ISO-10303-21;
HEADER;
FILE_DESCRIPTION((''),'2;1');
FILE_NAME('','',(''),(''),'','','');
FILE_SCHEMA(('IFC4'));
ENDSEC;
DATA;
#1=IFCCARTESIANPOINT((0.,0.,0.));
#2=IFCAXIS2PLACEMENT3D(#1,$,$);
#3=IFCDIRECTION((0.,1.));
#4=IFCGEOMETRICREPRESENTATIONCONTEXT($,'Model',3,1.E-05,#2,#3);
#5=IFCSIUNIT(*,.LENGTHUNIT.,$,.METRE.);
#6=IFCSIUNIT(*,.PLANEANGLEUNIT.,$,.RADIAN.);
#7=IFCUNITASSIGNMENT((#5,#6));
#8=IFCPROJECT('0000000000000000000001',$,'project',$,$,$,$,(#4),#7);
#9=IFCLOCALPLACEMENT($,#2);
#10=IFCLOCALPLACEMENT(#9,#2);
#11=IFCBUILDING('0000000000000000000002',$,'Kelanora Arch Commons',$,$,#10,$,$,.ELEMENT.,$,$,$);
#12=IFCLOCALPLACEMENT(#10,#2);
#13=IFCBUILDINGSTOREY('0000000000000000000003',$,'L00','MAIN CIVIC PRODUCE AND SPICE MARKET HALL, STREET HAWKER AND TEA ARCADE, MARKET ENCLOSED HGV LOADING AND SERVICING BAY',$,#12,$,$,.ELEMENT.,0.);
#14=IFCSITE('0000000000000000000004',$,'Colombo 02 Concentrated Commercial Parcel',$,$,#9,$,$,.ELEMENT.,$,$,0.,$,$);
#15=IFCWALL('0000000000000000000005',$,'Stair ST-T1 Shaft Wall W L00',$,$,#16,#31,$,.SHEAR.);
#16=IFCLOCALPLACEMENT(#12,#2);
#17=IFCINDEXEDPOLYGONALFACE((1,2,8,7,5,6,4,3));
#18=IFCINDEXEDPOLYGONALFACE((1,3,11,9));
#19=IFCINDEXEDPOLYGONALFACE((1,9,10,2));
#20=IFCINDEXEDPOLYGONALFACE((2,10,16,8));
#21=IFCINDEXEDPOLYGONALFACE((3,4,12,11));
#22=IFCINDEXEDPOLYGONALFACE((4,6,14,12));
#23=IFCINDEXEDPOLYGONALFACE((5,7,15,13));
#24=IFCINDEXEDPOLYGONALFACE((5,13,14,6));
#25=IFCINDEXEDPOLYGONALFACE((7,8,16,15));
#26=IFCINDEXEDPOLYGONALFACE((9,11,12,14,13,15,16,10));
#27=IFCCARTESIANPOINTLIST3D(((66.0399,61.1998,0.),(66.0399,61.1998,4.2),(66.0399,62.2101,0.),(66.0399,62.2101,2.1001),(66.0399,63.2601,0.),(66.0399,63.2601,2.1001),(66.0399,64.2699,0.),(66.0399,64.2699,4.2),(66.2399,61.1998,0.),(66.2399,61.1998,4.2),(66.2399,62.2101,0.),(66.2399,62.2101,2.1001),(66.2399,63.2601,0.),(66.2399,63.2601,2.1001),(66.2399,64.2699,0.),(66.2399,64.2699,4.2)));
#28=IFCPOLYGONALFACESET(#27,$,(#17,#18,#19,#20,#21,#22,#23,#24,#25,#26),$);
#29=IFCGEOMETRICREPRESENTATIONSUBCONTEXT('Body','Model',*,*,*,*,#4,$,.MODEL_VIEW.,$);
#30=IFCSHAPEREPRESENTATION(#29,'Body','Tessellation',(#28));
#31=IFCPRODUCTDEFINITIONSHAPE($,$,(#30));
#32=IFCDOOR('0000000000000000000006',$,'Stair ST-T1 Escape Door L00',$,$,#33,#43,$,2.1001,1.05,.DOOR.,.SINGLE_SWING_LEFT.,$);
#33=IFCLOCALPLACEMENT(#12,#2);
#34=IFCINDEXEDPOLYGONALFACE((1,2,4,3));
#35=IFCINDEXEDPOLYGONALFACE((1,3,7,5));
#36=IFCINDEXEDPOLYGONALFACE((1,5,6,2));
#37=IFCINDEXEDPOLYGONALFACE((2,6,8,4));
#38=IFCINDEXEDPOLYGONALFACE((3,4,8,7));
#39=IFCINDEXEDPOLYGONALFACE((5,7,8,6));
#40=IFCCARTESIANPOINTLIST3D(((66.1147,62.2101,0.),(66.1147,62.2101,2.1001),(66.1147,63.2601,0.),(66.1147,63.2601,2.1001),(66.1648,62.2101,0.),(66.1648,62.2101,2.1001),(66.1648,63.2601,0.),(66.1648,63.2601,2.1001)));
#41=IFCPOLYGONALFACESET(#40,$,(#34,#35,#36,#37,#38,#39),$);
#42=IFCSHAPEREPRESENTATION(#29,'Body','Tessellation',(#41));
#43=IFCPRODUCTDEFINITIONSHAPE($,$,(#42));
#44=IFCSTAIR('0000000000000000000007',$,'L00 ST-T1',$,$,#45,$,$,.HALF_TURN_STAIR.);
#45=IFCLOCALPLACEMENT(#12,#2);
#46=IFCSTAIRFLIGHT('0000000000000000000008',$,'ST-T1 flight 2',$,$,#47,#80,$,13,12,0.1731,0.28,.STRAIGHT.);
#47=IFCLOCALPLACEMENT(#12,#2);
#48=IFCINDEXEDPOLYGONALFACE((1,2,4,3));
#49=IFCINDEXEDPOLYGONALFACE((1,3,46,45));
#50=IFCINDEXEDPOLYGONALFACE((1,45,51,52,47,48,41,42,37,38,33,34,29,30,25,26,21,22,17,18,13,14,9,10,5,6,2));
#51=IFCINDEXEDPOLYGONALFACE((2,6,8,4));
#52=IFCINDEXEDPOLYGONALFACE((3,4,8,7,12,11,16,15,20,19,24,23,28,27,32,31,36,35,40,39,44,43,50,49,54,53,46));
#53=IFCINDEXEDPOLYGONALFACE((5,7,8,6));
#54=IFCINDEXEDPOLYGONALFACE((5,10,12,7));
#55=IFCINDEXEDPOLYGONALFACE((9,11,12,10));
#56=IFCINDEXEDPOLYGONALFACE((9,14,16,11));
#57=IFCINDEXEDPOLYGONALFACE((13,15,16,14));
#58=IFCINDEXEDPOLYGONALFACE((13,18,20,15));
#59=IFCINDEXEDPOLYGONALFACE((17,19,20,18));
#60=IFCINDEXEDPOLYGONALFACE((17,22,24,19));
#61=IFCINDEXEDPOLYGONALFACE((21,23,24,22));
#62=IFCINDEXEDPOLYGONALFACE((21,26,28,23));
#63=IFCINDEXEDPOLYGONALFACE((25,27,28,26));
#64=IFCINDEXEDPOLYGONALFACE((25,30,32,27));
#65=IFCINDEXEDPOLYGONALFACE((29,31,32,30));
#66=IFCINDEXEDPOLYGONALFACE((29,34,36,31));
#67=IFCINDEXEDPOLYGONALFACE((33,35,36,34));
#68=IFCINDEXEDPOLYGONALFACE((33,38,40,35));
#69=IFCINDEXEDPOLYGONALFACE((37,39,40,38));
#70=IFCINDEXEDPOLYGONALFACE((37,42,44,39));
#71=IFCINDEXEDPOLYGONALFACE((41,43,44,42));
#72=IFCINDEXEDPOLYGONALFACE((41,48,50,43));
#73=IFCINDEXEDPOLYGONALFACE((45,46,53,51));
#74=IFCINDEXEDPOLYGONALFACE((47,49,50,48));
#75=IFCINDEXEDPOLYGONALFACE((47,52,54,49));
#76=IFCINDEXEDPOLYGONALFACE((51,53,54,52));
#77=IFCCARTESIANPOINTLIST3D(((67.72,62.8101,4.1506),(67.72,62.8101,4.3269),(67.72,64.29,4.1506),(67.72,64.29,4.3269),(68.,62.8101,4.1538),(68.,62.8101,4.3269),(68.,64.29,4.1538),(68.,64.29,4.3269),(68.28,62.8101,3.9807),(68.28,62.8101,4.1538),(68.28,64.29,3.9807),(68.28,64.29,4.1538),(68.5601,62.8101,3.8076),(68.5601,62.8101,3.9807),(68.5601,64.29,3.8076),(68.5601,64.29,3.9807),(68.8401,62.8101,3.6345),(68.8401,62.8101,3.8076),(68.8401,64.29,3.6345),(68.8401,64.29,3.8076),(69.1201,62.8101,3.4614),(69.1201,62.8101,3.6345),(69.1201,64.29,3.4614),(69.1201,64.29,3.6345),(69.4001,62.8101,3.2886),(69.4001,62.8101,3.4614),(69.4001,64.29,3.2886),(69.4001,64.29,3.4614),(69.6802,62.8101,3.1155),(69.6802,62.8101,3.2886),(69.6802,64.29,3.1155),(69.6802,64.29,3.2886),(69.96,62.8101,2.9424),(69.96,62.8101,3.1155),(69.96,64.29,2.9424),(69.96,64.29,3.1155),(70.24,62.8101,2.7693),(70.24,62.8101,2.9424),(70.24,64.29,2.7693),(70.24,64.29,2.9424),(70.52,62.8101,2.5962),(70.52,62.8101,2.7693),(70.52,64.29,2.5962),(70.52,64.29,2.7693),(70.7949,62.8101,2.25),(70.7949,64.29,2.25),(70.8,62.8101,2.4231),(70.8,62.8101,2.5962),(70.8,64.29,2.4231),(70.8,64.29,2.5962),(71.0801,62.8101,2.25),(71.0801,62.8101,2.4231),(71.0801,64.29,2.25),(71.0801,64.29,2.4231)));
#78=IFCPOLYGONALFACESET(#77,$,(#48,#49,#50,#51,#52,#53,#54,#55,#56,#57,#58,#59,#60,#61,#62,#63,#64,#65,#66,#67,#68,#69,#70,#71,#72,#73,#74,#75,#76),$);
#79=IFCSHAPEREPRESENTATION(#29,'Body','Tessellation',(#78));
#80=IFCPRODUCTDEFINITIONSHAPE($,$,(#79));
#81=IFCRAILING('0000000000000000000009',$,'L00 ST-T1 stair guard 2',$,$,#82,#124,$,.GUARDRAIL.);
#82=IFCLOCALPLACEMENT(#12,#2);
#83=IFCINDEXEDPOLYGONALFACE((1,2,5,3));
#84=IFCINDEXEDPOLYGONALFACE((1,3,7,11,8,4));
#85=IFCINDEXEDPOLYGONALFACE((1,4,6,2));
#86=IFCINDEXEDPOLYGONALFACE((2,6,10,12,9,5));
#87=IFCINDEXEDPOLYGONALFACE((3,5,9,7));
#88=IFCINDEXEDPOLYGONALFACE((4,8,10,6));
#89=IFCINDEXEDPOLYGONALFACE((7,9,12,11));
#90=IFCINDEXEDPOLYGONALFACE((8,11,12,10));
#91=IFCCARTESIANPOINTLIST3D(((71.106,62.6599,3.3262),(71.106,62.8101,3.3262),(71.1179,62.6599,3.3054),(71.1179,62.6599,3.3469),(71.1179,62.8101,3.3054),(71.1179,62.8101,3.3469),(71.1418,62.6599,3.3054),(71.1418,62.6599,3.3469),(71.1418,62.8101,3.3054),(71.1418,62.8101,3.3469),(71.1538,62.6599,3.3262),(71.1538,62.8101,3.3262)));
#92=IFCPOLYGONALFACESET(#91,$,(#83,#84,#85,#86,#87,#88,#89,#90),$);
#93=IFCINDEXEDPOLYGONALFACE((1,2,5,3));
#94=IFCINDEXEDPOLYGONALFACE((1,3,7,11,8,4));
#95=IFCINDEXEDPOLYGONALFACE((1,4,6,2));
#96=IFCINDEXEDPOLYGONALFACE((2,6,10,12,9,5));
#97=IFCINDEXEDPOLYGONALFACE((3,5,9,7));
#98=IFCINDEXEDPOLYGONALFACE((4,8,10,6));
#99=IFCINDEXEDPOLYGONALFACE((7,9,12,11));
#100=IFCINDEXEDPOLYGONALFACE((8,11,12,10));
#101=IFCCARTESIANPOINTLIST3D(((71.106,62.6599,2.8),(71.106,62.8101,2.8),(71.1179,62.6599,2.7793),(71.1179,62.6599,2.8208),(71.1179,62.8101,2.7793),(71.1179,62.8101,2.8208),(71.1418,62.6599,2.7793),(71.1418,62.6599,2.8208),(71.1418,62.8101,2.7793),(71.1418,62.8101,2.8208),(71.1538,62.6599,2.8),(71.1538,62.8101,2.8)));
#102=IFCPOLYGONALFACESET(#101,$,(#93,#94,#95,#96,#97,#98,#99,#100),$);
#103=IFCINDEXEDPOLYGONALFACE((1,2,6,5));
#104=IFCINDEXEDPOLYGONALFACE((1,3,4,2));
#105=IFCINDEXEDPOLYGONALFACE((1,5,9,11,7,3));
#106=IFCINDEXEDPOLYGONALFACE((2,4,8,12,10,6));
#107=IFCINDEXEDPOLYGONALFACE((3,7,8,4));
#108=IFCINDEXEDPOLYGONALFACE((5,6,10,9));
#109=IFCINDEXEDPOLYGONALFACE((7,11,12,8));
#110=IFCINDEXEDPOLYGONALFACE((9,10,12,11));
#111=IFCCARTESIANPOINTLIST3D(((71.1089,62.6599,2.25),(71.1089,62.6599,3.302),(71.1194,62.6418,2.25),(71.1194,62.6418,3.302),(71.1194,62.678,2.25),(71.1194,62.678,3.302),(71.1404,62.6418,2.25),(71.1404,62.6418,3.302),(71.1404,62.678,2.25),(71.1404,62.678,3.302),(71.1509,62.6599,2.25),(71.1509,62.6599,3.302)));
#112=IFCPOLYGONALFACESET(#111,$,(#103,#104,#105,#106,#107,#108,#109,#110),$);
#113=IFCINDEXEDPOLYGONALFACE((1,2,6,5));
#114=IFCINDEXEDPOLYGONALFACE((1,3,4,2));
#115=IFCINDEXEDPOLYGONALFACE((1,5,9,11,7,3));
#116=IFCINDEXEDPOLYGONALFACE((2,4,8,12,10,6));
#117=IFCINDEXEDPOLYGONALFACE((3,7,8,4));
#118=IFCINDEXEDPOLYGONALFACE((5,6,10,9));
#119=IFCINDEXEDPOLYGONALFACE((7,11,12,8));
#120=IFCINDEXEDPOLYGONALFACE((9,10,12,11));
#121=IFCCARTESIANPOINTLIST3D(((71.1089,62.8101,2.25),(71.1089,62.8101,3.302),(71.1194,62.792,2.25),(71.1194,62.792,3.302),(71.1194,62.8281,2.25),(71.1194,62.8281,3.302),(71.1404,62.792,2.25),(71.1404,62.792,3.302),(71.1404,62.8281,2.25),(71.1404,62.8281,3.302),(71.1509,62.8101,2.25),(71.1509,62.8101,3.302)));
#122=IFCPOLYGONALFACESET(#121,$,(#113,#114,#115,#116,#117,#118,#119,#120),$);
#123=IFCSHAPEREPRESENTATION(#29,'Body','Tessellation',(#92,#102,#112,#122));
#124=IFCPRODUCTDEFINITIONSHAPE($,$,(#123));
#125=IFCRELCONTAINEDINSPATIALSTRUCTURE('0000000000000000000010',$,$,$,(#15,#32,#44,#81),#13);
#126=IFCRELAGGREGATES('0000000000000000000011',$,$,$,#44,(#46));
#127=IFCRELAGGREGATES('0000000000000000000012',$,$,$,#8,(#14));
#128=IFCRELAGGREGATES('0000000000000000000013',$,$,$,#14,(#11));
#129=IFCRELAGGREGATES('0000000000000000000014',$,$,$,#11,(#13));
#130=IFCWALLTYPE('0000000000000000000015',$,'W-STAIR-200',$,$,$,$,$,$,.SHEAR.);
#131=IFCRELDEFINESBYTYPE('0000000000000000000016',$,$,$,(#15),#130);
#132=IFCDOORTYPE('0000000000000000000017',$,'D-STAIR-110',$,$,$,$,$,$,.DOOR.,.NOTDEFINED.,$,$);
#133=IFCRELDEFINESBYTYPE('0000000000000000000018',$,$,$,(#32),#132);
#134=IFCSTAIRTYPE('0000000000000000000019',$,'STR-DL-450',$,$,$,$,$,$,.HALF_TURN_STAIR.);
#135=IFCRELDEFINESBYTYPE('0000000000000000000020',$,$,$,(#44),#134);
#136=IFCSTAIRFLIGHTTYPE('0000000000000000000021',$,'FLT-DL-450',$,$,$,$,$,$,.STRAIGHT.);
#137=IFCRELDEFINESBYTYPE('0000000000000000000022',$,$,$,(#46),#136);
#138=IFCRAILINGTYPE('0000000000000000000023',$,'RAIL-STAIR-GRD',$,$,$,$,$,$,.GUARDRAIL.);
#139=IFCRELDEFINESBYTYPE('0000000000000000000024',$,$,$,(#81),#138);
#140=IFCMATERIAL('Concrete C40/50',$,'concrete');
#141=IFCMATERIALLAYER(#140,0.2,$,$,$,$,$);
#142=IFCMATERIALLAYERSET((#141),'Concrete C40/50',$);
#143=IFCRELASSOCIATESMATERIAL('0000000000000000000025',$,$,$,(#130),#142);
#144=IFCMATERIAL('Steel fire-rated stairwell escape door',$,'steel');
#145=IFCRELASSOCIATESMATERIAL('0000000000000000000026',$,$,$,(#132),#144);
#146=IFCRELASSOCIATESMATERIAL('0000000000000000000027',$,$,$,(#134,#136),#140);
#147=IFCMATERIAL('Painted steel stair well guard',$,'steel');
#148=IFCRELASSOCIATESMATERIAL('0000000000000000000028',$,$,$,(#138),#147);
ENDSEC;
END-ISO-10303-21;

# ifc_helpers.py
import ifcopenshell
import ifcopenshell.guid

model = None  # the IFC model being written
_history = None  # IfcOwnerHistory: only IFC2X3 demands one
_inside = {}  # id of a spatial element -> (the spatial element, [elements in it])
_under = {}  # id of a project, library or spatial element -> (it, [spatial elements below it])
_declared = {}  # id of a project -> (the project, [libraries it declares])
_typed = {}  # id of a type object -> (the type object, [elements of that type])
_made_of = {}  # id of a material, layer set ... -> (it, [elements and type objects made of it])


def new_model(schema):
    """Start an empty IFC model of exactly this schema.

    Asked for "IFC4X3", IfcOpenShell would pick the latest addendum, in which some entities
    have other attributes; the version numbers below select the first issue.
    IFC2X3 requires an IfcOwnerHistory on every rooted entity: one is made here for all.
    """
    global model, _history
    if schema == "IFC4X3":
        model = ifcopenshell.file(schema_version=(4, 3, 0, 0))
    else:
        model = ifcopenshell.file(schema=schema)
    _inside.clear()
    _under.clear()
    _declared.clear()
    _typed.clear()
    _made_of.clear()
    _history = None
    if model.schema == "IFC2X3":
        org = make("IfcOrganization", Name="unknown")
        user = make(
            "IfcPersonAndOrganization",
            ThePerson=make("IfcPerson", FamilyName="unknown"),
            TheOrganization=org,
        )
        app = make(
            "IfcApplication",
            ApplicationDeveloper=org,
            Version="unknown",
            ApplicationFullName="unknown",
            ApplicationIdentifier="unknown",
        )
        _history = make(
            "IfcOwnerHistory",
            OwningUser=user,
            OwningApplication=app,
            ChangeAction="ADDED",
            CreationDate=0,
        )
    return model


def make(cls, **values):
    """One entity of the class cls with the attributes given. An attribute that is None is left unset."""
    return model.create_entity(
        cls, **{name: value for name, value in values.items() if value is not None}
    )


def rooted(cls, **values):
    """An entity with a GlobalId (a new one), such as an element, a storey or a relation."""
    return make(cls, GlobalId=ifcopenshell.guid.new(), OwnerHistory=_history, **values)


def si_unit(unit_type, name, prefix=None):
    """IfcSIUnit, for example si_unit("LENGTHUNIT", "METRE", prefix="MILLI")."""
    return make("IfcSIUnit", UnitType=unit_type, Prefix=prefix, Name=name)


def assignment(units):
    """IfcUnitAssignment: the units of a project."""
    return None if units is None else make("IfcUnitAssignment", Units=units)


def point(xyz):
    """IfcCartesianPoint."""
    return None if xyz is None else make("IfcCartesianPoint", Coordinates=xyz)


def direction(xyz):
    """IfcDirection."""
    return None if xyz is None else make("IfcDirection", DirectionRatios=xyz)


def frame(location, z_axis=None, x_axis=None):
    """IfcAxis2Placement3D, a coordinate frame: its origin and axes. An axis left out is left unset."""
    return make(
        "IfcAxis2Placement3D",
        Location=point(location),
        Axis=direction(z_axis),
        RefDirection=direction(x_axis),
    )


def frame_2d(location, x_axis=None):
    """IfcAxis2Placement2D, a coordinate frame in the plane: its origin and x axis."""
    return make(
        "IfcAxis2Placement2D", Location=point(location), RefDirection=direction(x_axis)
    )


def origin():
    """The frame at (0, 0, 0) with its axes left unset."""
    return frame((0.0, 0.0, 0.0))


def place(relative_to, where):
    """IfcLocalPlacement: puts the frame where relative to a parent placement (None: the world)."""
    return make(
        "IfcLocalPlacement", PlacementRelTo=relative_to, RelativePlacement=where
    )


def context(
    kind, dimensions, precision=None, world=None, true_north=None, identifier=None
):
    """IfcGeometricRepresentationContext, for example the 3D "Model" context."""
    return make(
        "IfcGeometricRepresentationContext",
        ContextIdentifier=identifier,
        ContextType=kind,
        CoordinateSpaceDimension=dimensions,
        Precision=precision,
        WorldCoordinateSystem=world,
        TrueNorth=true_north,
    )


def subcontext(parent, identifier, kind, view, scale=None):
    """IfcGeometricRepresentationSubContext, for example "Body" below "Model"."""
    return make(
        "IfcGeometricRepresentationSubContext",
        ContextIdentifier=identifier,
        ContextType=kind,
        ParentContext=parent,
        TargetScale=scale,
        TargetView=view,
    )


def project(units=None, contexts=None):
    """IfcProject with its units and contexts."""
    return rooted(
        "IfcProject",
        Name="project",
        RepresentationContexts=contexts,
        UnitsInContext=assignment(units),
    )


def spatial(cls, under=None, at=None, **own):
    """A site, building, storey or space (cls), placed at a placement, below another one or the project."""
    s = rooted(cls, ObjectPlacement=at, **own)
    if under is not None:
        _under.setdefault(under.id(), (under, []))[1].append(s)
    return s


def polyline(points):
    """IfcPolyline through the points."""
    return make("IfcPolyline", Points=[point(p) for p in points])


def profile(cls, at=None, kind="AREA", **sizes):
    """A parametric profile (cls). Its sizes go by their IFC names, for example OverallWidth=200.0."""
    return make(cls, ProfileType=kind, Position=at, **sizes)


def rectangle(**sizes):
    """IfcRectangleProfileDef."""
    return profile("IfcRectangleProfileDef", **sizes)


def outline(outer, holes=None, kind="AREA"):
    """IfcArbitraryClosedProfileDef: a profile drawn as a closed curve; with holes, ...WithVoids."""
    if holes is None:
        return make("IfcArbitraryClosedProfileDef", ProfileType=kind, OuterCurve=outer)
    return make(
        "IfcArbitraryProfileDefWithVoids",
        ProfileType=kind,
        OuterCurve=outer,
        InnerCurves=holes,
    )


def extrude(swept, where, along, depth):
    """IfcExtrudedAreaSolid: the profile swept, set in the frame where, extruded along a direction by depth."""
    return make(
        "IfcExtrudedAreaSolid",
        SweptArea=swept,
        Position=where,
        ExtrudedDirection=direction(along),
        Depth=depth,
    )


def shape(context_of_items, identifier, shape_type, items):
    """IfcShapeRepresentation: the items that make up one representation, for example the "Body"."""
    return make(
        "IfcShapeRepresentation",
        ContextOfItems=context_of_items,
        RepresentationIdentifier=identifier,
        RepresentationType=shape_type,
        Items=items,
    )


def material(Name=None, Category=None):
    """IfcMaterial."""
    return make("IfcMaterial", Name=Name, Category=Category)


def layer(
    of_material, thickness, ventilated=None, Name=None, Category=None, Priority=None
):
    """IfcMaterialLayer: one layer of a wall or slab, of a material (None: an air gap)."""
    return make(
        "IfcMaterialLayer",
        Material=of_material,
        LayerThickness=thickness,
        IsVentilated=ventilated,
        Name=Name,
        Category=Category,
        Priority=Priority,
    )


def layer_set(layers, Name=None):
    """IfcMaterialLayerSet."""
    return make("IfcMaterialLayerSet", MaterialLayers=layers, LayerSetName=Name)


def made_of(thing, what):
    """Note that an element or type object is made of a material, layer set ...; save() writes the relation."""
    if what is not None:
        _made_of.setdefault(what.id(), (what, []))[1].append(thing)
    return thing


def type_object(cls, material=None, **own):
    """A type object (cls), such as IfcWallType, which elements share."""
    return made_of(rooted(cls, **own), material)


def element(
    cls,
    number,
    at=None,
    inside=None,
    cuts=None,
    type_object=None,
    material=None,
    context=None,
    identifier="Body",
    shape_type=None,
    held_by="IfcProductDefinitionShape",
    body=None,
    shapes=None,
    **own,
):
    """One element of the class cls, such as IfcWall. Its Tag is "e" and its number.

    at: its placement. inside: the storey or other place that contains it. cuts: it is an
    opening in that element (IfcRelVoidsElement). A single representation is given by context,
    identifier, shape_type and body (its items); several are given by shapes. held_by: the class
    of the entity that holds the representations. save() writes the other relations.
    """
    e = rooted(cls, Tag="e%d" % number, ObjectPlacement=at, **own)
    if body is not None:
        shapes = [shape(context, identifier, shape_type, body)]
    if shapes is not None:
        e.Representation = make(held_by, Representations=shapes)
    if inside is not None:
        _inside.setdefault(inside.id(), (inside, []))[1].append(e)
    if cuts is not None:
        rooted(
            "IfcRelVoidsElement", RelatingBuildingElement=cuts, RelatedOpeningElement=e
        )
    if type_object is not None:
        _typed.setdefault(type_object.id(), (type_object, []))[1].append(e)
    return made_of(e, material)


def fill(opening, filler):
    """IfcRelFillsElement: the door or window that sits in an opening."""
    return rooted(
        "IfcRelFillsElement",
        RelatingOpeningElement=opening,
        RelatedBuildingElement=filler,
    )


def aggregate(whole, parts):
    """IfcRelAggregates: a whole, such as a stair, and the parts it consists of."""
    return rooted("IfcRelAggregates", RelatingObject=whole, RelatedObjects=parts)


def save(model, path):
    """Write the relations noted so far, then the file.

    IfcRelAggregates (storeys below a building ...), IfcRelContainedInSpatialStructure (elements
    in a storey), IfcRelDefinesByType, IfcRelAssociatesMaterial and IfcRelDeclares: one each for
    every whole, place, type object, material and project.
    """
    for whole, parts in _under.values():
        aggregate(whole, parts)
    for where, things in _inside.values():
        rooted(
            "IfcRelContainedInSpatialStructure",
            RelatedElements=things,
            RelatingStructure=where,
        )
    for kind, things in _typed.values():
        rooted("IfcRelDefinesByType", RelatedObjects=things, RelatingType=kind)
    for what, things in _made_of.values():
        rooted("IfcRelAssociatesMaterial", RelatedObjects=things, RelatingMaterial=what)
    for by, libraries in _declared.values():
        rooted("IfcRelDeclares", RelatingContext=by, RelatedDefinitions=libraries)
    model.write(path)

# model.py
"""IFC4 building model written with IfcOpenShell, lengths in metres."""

from ifc_helpers import new_model, si_unit, direction, frame, frame_2d, origin, place, context, subcontext, project, spatial, polyline, rectangle, outline, extrude, material, layer, layer_set, type_object, element, fill, aggregate, save


model = new_model("IFC4")

# Units and contexts
model_context = context("Model", 3, precision=1e-05, world=origin(), true_north=direction((0.0, 1.0)))
body_context = subcontext(model_context, "Body", "Model", "MODEL_VIEW")
ifc_project = project(units=[si_unit("LENGTHUNIT", "METRE"), si_unit("PLANEANGLEUNIT", "RADIAN")], contexts=[model_context])

# Site, building, storey
site_placement = place(None, origin())
site = spatial("IfcSite", under=ifc_project, at=site_placement, Name="Colombo 02 Concentrated Commercial Parcel", CompositionType="ELEMENT", RefElevation=0.0)
building_placement = place(site_placement, origin())
building = spatial("IfcBuilding", under=site, at=building_placement, Name="Kelanora Arch Commons", CompositionType="ELEMENT")
storey_placement = place(building_placement, origin())
storey = spatial("IfcBuildingStorey", under=building, at=storey_placement, Name="L00", Description="MAIN CIVIC PRODUCE AND SPICE MARKET HALL, STREET HAWKER AND TEA ARCADE, MARKET ENCLOSED HGV LOADING AND SERVICING BAY", CompositionType="ELEMENT", Elevation=0.0)

# Shared definitions
ifc_material_1 = material(Name="Concrete C40/50", Category="concrete")
ifc_layer_1 = layer(ifc_material_1, 0.2)
ifc_layer_set_1 = layer_set([ifc_layer_1], Name="Concrete C40/50")
wall_type_1 = type_object("IfcWallType", Name="W-STAIR-200", PredefinedType="SHEAR", material=ifc_layer_set_1)

# Wall, opening, door
wall_1_placement = place(storey_placement, frame((66.1399, 64.27, 0.0), z_axis=(0.0, 0.0, 1.0), x_axis=(0.0, -1.0, 0.0)))
wall_1 = element("IfcWall", 1, at=wall_1_placement, inside=storey, type_object=wall_type_1, Name="Stair ST-T1 Shaft Wall W L00", PredefinedType="SHEAR", context=body_context, shape_type="SweptSolid", body=[
    extrude(rectangle(XDim=3.0701, YDim=0.2, at=frame_2d((1.5352, 0.0))), origin(), (0.0, 0.0, 1.0), 4.2),
])
opening_1_placement = place(wall_1_placement, frame((1.01, 0.0, 0.0)))
opening_1 = element("IfcOpeningElement", 2, at=opening_1_placement, cuts=wall_1, PredefinedType="OPENING", context=body_context, shape_type="SweptSolid", body=[
    extrude(rectangle(XDim=1.05, YDim=2.1001, at=frame_2d((0.5249, 1.05))), frame((0.0, 0.1099, 0.0), z_axis=(0.0, -1.0, 0.0), x_axis=(1.0, 0.0, 0.0)), (0.0, 0.0, 1.0), 0.22),
])
ifc_material_2 = material(Name="Steel fire-rated stairwell escape door", Category="steel")
door_type_1 = type_object("IfcDoorType", Name="D-STAIR-110", OperationType="NOTDEFINED", PredefinedType="DOOR", material=ifc_material_2)
door_1_placement = place(opening_1_placement, origin())
door_1 = element("IfcDoor", 3, at=door_1_placement, inside=storey, type_object=door_type_1, Name="Stair ST-T1 Escape Door L00", OperationType="SINGLE_SWING_LEFT", OverallHeight=2.1001, OverallWidth=1.05, PredefinedType="DOOR", context=body_context, shape_type="SweptSolid", body=[
    extrude(rectangle(XDim=1.05, YDim=2.1001, at=frame_2d((0.5249, 1.05))), frame((0.0, 0.0249, 0.0), z_axis=(0.0, -1.0, 0.0), x_axis=(1.0, 0.0, 0.0)), (0.0, 0.0, 1.0), 0.05),
])
fill(opening_1, door_1)

# Stair, stair flight
stair_type = type_object("IfcStairType", Name="STR-DL-450", PredefinedType="HALF_TURN_STAIR", material=ifc_material_1)
stair_placement = place(storey_placement, origin())
stair = element("IfcStair", 4, at=stair_placement, inside=storey, type_object=stair_type, Name="L00 ST-T1", PredefinedType="HALF_TURN_STAIR")
stair_flight_type = type_object("IfcStairFlightType", Name="FLT-DL-450", PredefinedType="STRAIGHT", material=ifc_material_1)
stair_flight_placement = place(storey_placement, frame((71.0801, 63.55, 2.25), z_axis=(0.0, 0.0, 1.0), x_axis=(-1.0, 0.0, 0.0)))
stair_flight = element("IfcStairFlight", 5, at=stair_flight_placement, type_object=stair_flight_type, Name="ST-T1 flight 2", NumberOfRisers=13, NumberOfTreads=12, PredefinedType="STRAIGHT", RiserHeight=0.1731, TreadLength=0.28, context=body_context, shape_type="SweptSolid", body=[
    extrude(outline(polyline([(0.0, 0.0), (0.0, 0.1731), (0.28, 0.1731), (0.28, 0.3462), (0.5601, 0.3462), (0.5601, 0.5193), (0.8401, 0.5193), (0.8401, 0.6924), (1.1201, 0.6924), (1.1201, 0.8655), (1.3999, 0.8655), (1.3999, 1.0386), (1.6799, 1.0386), (1.6799, 1.2114), (1.96, 1.2114), (1.96, 1.3845), (2.24, 1.3845), (2.24, 1.5576), (2.52, 1.5576), (2.52, 1.7307), (2.8, 1.7307), (2.8, 1.9038), (3.0801, 1.9038), (3.0801, 2.0769), (3.3601, 2.0769), (3.3601, 2.25), (3.3601, 1.9006), (0.2852, 0.0), (0.0, 0.0)])), frame((0.0, 0.74, 0.0), z_axis=(0.0, -1.0, 0.0), x_axis=(1.0, 0.0, 0.0)), (0.0, 0.0, 1.0), 1.48),
])
aggregate(stair, [stair_flight])

# Railing
ifc_material_3 = material(Name="Painted steel stair well guard", Category="steel")
railing_type_1 = type_object("IfcRailingType", Name="RAIL-STAIR-GRD", PredefinedType="GUARDRAIL", material=ifc_material_3)
railing_1_placement = place(storey_placement, frame((71.1299, 62.6599, 2.25)))
element("IfcRailing", 6, at=railing_1_placement, inside=storey, type_object=railing_type_1, Name="L00 ST-T1 stair guard 2", PredefinedType="GUARDRAIL", context=body_context, shape_type="SweptSolid", body=[
    extrude(outline(polyline([(0.0239, 0.0), (0.012, 0.0208), (-0.012, 0.0208), (-0.0239, 0.0), (-0.012, -0.0208), (0.012, -0.0208), (0.0239, 0.0)])), frame((0.0, 0.0, 1.0762), z_axis=(0.0, 1.0, 0.0), x_axis=(-1.0, 0.0, 0.0)), (0.0, 0.0, 1.0), 0.1501),
    extrude(outline(polyline([(0.0239, 0.0), (0.012, 0.0208), (-0.012, 0.0208), (-0.0239, 0.0), (-0.012, -0.0208), (0.012, -0.0208), (0.0239, 0.0)])), frame((0.0, 0.0, 0.55), z_axis=(0.0, 1.0, 0.0), x_axis=(-1.0, 0.0, 0.0)), (0.0, 0.0, 1.0), 0.1501),
    extrude(outline(polyline([(0.021, 0.0), (0.0105, 0.0181), (-0.0105, 0.0181), (-0.021, 0.0), (-0.0105, -0.0181), (0.0105, -0.0181), (0.021, 0.0)])), origin(), (0.0, 0.0, 1.0), 1.052),
    extrude(outline(polyline([(0.021, 0.0), (0.0105, 0.0181), (-0.0105, 0.0181), (-0.021, 0.0), (-0.0105, -0.0181), (0.0105, -0.0181), (0.021, 0.0)])), frame((0.0, 0.1501, 0.0)), (0.0, 0.0, 1.0), 1.052),
])

save(model, "model.ifc")
